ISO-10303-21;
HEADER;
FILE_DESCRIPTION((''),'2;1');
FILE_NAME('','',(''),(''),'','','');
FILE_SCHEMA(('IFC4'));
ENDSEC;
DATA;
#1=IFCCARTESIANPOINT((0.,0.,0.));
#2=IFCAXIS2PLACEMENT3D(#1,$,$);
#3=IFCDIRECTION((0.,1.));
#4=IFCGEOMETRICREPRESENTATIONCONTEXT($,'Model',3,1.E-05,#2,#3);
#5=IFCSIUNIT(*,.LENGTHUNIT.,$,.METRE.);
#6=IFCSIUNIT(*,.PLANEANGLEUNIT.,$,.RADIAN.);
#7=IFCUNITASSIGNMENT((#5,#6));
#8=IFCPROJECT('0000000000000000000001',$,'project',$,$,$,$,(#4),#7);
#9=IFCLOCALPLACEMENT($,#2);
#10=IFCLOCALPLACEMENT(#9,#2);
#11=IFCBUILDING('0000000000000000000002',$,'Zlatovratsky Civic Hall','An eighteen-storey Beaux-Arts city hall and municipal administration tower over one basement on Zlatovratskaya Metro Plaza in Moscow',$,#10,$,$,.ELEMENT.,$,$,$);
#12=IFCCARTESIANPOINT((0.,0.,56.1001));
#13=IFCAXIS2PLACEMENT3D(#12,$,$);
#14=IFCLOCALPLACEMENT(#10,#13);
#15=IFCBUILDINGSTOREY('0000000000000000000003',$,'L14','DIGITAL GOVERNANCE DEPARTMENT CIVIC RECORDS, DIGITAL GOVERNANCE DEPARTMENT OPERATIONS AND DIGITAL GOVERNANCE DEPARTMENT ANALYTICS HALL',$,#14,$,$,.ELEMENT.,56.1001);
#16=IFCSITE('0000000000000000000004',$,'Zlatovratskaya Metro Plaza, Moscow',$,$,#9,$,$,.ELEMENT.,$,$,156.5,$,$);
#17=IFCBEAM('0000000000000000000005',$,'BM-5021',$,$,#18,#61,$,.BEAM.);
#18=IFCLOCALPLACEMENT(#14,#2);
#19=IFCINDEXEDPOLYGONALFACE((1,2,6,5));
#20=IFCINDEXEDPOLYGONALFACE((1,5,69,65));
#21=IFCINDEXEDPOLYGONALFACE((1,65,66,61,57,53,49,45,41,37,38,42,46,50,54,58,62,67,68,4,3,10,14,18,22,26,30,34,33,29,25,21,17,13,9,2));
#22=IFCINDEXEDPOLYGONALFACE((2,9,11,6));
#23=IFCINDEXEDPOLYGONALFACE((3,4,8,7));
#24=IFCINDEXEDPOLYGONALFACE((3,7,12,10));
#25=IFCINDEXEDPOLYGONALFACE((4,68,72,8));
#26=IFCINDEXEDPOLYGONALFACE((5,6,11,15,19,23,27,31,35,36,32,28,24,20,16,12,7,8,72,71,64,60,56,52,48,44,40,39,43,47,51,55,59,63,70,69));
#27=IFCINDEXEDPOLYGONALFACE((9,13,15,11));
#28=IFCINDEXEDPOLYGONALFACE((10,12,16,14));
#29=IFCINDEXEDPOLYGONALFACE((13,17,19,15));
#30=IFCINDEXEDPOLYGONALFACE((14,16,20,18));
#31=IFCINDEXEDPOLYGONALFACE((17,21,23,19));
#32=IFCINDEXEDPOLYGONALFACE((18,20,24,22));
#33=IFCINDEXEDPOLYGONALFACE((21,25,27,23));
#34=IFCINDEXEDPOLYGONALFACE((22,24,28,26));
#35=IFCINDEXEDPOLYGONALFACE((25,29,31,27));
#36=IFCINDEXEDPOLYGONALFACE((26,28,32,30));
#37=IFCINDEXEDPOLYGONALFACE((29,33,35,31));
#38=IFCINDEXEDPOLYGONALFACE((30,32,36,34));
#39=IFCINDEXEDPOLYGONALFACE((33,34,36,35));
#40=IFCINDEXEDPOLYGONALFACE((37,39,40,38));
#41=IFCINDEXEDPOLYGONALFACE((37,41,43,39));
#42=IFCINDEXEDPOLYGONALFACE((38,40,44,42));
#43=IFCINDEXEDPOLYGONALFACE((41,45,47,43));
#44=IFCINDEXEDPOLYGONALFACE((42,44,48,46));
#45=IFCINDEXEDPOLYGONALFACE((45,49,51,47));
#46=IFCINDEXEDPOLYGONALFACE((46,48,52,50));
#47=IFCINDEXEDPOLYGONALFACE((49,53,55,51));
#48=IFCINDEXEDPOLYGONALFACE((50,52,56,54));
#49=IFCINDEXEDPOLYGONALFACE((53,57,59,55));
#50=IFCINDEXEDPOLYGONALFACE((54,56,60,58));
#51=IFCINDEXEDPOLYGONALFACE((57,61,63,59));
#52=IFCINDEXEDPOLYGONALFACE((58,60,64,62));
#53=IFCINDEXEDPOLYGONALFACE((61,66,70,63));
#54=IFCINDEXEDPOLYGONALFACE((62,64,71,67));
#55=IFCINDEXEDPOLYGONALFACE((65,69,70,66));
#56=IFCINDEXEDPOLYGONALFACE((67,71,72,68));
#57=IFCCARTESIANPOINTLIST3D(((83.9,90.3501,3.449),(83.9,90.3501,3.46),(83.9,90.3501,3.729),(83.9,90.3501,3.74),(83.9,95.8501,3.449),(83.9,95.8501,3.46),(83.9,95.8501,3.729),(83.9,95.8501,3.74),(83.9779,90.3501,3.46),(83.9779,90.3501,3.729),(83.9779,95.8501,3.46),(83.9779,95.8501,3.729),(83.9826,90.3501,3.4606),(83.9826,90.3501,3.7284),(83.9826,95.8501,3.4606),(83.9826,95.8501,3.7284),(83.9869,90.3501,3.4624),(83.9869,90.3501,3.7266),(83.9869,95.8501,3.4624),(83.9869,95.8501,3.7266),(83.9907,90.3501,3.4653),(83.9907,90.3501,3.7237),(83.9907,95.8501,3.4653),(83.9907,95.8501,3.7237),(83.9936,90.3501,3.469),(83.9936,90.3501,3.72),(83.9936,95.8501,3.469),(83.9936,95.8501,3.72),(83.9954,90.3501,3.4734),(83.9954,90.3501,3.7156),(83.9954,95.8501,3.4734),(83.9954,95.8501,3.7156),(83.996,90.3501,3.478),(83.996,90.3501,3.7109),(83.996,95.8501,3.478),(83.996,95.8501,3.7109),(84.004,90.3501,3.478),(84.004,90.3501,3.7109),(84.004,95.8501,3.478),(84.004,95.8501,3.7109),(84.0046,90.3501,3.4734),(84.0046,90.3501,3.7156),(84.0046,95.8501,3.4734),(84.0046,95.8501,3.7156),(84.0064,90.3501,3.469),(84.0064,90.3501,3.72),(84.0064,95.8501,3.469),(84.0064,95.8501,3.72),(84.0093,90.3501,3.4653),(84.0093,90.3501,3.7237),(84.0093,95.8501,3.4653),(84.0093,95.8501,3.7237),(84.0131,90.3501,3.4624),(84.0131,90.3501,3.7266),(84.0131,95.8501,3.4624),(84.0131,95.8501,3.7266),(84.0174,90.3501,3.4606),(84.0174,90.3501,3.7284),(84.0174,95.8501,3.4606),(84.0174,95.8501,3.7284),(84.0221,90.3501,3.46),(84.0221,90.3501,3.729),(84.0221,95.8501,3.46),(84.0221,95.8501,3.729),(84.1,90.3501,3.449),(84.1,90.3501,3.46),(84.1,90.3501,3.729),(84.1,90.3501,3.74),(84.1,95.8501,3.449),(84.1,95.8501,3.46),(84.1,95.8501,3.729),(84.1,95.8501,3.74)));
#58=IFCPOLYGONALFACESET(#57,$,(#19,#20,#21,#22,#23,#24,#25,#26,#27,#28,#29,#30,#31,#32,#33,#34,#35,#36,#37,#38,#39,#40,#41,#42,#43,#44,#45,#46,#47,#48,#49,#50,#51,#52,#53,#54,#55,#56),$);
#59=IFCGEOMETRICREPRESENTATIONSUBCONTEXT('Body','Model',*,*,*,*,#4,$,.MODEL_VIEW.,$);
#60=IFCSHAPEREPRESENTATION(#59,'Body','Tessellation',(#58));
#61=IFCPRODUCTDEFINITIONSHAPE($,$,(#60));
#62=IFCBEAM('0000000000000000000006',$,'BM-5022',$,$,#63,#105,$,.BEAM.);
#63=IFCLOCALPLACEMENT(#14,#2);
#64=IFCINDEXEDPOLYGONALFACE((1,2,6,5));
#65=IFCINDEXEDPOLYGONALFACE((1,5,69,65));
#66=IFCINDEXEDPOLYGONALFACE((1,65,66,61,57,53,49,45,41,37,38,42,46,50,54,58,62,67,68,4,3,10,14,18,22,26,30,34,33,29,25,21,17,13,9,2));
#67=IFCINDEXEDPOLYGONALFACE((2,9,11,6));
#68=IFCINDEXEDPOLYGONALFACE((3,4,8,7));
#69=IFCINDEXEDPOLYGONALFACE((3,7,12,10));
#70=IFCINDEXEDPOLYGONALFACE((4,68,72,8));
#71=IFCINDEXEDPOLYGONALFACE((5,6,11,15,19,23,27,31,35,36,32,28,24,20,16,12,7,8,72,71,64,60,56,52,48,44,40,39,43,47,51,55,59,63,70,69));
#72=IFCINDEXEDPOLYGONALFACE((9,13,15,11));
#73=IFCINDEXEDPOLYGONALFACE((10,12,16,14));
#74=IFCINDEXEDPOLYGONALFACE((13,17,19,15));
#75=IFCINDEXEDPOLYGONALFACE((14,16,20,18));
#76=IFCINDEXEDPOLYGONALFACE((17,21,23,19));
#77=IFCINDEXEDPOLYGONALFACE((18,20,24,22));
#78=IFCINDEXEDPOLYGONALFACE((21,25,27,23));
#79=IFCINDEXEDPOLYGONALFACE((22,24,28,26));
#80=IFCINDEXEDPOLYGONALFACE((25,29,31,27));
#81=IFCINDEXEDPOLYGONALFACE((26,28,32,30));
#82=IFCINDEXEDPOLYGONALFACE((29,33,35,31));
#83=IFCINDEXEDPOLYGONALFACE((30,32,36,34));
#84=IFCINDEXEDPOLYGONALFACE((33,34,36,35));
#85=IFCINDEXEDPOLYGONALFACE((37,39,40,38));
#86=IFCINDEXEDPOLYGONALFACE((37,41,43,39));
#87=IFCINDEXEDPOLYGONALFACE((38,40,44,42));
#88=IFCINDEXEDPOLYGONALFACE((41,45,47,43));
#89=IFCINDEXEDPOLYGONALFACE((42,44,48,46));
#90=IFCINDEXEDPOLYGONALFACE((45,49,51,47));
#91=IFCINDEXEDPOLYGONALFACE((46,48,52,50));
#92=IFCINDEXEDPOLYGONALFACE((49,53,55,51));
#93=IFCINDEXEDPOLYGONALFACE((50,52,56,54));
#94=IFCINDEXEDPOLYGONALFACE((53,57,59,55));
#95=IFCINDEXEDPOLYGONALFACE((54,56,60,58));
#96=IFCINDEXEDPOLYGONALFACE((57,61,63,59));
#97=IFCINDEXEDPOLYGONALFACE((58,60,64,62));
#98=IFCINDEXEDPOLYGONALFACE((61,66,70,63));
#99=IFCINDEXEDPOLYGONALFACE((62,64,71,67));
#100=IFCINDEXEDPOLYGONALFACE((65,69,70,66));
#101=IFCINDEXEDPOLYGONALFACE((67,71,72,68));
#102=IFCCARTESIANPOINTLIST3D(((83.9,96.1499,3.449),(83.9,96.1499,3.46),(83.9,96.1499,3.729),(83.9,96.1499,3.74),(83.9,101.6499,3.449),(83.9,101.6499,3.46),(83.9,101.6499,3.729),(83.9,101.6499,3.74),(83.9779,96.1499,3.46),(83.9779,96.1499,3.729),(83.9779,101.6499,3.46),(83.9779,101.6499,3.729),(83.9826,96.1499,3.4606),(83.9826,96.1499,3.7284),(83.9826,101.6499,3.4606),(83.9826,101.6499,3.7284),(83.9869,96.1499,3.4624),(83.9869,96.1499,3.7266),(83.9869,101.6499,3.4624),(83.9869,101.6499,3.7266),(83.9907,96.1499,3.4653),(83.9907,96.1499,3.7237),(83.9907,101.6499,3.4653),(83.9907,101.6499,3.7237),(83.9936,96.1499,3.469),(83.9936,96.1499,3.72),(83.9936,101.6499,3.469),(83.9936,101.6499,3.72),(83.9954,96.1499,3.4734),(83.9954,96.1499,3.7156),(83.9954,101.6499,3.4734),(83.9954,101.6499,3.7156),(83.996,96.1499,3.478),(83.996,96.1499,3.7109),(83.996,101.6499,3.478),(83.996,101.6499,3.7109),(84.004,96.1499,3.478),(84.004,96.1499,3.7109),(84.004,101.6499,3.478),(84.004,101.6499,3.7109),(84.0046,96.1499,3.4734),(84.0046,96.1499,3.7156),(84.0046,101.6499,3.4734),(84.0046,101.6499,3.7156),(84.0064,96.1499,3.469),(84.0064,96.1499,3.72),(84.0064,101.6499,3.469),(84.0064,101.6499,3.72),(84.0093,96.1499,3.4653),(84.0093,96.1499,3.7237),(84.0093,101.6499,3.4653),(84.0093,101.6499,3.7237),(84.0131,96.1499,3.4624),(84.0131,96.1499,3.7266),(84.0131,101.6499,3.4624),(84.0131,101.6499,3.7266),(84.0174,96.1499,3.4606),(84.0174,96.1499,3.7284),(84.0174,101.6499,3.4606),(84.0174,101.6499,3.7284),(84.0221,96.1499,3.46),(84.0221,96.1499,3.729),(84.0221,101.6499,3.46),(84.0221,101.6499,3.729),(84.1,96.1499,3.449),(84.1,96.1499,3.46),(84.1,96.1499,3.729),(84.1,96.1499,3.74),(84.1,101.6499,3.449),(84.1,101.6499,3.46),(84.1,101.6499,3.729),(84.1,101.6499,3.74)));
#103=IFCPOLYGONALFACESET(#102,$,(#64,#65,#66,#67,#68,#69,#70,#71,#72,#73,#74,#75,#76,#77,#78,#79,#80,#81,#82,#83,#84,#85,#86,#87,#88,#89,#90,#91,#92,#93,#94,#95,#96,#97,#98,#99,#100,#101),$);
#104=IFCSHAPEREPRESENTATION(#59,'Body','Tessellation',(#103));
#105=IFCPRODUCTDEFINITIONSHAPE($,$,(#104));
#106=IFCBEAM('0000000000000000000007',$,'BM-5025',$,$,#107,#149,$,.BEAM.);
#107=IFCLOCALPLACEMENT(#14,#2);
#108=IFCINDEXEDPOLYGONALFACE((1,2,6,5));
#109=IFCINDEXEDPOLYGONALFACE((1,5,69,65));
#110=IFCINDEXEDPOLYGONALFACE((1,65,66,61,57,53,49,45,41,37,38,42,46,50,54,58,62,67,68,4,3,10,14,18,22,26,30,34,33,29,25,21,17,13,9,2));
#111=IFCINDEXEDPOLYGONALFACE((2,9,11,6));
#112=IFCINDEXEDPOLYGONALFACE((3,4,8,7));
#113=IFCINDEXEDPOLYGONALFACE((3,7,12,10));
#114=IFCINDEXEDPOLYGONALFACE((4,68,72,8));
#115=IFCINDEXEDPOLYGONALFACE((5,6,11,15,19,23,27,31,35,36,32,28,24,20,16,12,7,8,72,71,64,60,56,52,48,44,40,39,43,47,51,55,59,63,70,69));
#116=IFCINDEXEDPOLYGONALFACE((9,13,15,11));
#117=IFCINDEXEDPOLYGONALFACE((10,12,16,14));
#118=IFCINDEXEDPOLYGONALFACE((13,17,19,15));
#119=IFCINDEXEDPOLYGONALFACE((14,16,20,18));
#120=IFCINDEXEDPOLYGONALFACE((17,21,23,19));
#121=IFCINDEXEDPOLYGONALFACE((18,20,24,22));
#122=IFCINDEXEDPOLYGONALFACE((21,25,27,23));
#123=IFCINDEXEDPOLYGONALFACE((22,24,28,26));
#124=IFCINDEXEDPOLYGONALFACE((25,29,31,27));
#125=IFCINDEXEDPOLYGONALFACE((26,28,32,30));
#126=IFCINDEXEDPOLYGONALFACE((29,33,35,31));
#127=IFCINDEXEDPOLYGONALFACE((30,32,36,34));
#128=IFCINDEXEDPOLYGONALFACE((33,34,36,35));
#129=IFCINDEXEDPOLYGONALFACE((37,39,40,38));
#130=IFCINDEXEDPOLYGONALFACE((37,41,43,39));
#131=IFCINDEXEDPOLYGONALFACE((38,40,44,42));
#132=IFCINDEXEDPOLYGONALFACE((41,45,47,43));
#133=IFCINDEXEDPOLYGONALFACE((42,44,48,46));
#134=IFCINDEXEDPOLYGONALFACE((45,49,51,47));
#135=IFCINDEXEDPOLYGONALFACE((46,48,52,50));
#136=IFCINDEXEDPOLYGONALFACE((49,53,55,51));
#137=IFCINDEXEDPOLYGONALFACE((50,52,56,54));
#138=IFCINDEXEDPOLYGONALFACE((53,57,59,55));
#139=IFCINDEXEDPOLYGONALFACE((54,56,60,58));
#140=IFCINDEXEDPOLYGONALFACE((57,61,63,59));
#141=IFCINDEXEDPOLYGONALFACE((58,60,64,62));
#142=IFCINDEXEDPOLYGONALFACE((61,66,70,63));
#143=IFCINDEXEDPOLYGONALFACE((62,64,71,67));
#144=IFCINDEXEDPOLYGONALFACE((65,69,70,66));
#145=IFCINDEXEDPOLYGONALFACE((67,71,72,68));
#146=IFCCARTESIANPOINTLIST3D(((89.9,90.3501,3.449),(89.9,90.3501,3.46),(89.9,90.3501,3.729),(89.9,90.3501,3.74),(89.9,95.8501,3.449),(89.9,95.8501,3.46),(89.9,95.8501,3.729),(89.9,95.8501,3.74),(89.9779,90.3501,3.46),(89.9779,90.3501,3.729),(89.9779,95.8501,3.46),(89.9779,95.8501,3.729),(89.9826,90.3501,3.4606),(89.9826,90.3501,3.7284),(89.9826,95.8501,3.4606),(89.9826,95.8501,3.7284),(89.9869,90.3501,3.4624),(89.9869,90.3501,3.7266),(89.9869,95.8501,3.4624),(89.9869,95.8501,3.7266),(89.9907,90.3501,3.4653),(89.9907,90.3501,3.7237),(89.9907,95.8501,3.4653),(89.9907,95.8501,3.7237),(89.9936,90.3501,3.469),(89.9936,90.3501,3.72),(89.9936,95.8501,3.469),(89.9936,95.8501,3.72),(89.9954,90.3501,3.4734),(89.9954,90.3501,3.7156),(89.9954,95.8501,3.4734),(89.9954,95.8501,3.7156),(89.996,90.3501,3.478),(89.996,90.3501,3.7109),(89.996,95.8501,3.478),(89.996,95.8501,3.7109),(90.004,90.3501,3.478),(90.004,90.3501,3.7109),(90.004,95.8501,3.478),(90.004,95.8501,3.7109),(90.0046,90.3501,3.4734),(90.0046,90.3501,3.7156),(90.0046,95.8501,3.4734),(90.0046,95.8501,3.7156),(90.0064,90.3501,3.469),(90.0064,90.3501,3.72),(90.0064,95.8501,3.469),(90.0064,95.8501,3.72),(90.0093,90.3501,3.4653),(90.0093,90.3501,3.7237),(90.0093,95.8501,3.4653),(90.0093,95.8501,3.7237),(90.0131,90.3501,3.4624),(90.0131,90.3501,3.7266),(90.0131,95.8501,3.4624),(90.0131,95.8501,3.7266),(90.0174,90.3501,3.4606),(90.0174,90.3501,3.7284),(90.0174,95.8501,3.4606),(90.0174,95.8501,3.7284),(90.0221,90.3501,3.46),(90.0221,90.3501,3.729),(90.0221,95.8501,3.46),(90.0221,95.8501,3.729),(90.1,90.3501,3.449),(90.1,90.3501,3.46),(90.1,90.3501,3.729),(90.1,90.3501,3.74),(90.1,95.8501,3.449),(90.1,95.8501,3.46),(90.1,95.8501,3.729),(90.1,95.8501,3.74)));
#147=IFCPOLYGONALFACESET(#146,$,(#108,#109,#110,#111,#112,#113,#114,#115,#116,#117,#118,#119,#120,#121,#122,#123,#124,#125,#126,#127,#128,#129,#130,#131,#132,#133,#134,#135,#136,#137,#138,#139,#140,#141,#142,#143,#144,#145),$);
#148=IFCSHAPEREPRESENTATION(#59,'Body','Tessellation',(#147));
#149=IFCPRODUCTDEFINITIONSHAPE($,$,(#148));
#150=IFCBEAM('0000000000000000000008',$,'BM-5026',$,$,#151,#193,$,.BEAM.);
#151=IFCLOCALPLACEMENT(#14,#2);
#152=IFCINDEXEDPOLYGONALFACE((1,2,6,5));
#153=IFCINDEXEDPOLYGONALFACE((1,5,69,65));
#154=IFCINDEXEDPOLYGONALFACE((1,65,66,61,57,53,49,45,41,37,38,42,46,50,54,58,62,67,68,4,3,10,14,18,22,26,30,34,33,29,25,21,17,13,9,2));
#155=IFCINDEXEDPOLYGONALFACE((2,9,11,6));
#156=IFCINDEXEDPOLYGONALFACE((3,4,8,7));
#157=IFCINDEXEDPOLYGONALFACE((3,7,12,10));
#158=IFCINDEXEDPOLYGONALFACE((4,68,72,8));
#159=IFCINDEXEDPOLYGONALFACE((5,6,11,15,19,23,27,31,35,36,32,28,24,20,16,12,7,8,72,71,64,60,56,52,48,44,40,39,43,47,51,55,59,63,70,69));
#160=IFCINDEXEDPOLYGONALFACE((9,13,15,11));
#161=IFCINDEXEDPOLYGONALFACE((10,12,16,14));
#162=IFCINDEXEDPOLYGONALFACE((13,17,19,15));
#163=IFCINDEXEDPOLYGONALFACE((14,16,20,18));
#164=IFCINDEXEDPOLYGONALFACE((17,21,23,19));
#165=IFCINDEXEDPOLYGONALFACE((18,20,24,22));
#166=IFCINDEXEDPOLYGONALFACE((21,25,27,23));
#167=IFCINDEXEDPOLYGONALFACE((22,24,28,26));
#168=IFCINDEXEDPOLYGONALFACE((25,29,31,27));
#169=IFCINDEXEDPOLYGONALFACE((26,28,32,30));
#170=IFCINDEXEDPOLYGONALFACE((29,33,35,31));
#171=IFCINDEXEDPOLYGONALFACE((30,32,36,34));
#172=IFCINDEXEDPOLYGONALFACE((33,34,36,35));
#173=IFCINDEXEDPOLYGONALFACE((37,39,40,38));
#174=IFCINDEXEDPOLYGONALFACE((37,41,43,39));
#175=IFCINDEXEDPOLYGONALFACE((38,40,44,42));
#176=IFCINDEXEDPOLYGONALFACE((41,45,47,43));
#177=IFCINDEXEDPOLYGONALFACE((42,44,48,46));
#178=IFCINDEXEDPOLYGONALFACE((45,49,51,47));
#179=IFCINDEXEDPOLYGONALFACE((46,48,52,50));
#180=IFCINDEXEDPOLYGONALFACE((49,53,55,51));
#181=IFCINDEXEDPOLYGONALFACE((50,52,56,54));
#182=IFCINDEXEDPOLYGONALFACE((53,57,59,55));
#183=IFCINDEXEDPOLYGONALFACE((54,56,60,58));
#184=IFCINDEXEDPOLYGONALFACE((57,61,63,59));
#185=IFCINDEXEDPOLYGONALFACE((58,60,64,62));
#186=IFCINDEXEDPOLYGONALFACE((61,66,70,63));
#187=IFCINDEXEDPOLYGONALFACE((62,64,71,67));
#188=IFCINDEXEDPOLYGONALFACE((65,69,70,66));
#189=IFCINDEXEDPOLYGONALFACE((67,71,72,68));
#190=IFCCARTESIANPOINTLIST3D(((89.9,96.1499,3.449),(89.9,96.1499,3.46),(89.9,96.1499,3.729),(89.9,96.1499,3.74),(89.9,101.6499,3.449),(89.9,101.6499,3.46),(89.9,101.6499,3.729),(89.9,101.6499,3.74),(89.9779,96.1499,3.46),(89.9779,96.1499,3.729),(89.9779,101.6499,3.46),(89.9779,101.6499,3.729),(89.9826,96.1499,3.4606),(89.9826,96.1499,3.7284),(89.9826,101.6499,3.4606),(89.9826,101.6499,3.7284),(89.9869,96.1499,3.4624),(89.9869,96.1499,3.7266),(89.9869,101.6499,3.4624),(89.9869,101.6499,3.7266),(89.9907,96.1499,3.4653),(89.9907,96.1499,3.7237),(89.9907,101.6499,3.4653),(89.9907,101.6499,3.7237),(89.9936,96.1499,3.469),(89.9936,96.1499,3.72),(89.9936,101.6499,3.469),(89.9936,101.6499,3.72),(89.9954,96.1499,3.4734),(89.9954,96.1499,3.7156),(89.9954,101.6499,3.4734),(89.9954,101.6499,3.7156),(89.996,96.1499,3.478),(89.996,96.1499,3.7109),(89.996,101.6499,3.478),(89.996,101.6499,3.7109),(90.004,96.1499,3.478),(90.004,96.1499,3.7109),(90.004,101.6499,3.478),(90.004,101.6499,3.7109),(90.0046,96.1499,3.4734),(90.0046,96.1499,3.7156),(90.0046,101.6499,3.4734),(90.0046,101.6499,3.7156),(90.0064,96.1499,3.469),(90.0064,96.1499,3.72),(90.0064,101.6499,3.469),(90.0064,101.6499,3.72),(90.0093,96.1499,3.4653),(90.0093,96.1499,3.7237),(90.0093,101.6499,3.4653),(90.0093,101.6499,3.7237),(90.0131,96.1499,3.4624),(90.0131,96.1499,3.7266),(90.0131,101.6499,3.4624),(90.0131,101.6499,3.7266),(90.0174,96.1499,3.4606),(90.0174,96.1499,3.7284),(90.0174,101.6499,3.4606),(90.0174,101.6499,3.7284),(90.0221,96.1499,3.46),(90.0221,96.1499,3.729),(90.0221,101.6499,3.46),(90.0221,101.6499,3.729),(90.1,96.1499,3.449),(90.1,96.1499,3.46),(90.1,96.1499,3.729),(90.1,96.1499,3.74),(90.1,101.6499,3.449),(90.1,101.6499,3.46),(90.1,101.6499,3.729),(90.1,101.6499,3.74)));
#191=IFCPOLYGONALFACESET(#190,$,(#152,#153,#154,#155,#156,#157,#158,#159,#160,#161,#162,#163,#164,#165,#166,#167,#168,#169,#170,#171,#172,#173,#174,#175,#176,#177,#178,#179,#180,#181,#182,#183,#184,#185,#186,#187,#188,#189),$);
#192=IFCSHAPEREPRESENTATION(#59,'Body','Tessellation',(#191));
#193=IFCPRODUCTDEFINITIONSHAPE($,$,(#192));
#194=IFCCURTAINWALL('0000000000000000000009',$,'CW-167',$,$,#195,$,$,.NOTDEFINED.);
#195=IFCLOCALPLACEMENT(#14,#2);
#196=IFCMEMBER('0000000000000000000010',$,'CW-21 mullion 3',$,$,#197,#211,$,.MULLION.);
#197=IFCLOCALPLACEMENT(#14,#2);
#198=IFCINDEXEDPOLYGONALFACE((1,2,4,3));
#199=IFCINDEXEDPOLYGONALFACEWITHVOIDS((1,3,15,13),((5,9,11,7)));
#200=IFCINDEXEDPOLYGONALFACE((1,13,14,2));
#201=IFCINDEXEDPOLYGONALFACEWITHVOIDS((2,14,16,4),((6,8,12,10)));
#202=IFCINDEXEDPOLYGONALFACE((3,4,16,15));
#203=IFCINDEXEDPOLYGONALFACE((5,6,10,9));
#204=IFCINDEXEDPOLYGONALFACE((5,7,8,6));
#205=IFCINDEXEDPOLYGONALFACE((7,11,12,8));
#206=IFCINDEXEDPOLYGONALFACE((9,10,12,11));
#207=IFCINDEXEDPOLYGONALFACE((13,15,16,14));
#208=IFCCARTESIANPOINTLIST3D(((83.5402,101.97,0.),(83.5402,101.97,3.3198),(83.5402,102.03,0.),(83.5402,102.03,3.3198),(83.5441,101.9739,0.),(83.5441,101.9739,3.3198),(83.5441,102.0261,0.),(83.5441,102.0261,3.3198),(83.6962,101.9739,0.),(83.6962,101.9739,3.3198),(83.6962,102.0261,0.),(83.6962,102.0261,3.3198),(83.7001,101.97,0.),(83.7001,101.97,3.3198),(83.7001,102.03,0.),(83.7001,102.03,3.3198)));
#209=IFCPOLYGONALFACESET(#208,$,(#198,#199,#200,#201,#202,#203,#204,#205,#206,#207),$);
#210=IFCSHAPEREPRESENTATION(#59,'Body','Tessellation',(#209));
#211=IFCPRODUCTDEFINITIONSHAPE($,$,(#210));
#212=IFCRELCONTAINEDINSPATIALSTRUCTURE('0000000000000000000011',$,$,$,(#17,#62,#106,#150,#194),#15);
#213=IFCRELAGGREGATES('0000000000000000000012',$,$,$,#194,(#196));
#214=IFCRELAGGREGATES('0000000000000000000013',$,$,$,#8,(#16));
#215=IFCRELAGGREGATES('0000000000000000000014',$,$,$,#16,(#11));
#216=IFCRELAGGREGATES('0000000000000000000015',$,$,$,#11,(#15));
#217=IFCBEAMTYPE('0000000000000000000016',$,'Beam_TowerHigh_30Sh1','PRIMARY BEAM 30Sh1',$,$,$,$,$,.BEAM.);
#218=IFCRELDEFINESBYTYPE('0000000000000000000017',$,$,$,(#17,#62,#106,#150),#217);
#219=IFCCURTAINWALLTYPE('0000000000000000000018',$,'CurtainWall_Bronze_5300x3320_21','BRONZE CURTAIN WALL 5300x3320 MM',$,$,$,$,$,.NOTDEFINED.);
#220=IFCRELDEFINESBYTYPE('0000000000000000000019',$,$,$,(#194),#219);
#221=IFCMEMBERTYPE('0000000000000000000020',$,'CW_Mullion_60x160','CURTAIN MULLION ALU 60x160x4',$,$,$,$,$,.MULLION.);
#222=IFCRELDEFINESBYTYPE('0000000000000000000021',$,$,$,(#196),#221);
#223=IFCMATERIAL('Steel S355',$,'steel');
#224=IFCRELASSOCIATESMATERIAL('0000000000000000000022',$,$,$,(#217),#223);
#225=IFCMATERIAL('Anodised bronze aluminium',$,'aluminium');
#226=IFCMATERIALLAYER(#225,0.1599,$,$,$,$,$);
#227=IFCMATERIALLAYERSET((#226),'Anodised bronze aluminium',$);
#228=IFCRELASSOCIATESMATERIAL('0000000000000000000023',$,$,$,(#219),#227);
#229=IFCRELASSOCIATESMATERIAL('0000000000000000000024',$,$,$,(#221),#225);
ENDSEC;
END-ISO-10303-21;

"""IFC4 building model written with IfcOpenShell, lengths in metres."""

from ifc_helpers import new_model, si_unit, direction, frame, origin, origin_2d, place, context, subcontext, project, spatial, hollow_rectangle, i_section, extrude, material, layer, layer_set, material_profile, profile_set, type_object, element, aggregate, save


model = new_model("IFC4")

# Units and contexts
model_context = context("Model", 3, precision=1e-05, world=origin(), true_north=direction((0.0, 1.0)))
body_context = subcontext(model_context, "Body", "Model", "MODEL_VIEW")
ifc_project = project(units=[si_unit("LENGTHUNIT", "METRE"), si_unit("PLANEANGLEUNIT", "RADIAN")], contexts=[model_context])

# Site, building, storey
site_placement = place(None, origin())
site = spatial("IfcSite", under=ifc_project, at=site_placement, Name="Zlatovratskaya Metro Plaza, Moscow", CompositionType="ELEMENT", RefElevation=156.5)
building_placement = place(site_placement, origin())
building = spatial("IfcBuilding", under=site, at=building_placement, Name="Zlatovratsky Civic Hall", Description="An eighteen-storey Beaux-Arts city hall and municipal administration tower over one basement on Zlatovratskaya Metro Plaza in Moscow", CompositionType="ELEMENT")
storey_placement = place(building_placement, frame((0.0, 0.0, 56.1001)))
storey = spatial("IfcBuildingStorey", under=building, at=storey_placement, Name="L14", Description="DIGITAL GOVERNANCE DEPARTMENT CIVIC RECORDS, DIGITAL GOVERNANCE DEPARTMENT OPERATIONS AND DIGITAL GOVERNANCE DEPARTMENT ANALYTICS HALL", CompositionType="ELEMENT", Elevation=56.1001)

# Shared definitions
ifc_material_1 = material(Name="Steel S355", Category="steel")

# Beams
ifc_material_profile_1 = material_profile(ifc_material_1, i_section(OverallWidth=0.2, OverallDepth=0.291, WebThickness=0.0081, FlangeThickness=0.011, FilletRadius=0.0181, at=origin_2d()), Name="30Sh1")
ifc_profile_set_1 = profile_set([ifc_material_profile_1], Name="Steel S355")
beam_type_1 = type_object("IfcBeamType", Name="Beam_TowerHigh_30Sh1", Description="PRIMARY BEAM 30Sh1", PredefinedType="BEAM", material=ifc_profile_set_1)
for number, where, z_axis, x_axis, name in (
    (1, (84.0, 90.3501, 3.5945), (0.0, 1.0, 0.0), (-1.0, 0.0, 0.0), "BM-5021"),
    (2, (84.0, 96.1499, 3.5945), (0.0, 1.0, 0.0), (-1.0, 0.0, 0.0), "BM-5022"),
    (3, (90.0, 90.3501, 3.5945), (0.0, 1.0, 0.0), (-1.0, 0.0, 0.0), "BM-5025"),
    (4, (90.0, 96.1499, 3.5945), (0.0, 1.0, 0.0), (-1.0, 0.0, 0.0), "BM-5026"),
):
    element("IfcBeam", number, at=place(storey_placement, frame(where, z_axis=z_axis, x_axis=x_axis)), inside=storey, type_object=beam_type_1, Name=name, PredefinedType="BEAM", context=body_context, shape_type="SweptSolid", body=[
        extrude(i_section(OverallWidth=0.2, OverallDepth=0.291, WebThickness=0.0081, FlangeThickness=0.011, FilletRadius=0.0181, at=origin_2d()), origin(), (0.0, 0.0, 1.0), 5.5),
    ])

# Curtain wall, member
ifc_material_2 = material(Name="Anodised bronze aluminium", Category="aluminium")
ifc_layer_1 = layer(ifc_material_2, 0.1599)
ifc_layer_set_1 = layer_set([ifc_layer_1], Name="Anodised bronze aluminium")
curtain_wall_type = type_object("IfcCurtainWallType", Name="CurtainWall_Bronze_5300x3320_21", Description="BRONZE CURTAIN WALL 5300x3320 MM", PredefinedType="NOTDEFINED", material=ifc_layer_set_1)
curtain_wall_1_placement = place(storey_placement, origin())
curtain_wall_1 = element("IfcCurtainWall", 5, at=curtain_wall_1_placement, inside=storey, type_object=curtain_wall_type, Name="CW-167", PredefinedType="NOTDEFINED")
ifc_material_profile_2 = material_profile(ifc_material_2, hollow_rectangle(XDim=0.0601, YDim=0.1599, WallThickness=0.0039, at=origin_2d()), Name="ALU 60x160x4")
ifc_profile_set_2 = profile_set([ifc_material_profile_2], Name="Anodised bronze aluminium")
member_type_1 = type_object("IfcMemberType", Name="CW_Mullion_60x160", Description="CURTAIN MULLION ALU 60x160x4", PredefinedType="MULLION", material=ifc_profile_set_2)
member_1_placement = place(storey_placement, frame((83.6201, 102.0, 0.0), z_axis=(0.0, 0.0, 1.0), x_axis=(0.0, 1.0, 0.0)))
member_1 = element("IfcMember", 6, at=member_1_placement, type_object=member_type_1, Name="CW-21 mullion 3", PredefinedType="MULLION", context=body_context, shape_type="SweptSolid", body=[
    extrude(hollow_rectangle(XDim=0.0601, YDim=0.1599, WallThickness=0.0039, at=origin_2d()), origin(), (0.0, 0.0, 1.0), 3.3198),
])

aggregate(curtain_wall_1, [member_1])

save(model, "model.ifc")
